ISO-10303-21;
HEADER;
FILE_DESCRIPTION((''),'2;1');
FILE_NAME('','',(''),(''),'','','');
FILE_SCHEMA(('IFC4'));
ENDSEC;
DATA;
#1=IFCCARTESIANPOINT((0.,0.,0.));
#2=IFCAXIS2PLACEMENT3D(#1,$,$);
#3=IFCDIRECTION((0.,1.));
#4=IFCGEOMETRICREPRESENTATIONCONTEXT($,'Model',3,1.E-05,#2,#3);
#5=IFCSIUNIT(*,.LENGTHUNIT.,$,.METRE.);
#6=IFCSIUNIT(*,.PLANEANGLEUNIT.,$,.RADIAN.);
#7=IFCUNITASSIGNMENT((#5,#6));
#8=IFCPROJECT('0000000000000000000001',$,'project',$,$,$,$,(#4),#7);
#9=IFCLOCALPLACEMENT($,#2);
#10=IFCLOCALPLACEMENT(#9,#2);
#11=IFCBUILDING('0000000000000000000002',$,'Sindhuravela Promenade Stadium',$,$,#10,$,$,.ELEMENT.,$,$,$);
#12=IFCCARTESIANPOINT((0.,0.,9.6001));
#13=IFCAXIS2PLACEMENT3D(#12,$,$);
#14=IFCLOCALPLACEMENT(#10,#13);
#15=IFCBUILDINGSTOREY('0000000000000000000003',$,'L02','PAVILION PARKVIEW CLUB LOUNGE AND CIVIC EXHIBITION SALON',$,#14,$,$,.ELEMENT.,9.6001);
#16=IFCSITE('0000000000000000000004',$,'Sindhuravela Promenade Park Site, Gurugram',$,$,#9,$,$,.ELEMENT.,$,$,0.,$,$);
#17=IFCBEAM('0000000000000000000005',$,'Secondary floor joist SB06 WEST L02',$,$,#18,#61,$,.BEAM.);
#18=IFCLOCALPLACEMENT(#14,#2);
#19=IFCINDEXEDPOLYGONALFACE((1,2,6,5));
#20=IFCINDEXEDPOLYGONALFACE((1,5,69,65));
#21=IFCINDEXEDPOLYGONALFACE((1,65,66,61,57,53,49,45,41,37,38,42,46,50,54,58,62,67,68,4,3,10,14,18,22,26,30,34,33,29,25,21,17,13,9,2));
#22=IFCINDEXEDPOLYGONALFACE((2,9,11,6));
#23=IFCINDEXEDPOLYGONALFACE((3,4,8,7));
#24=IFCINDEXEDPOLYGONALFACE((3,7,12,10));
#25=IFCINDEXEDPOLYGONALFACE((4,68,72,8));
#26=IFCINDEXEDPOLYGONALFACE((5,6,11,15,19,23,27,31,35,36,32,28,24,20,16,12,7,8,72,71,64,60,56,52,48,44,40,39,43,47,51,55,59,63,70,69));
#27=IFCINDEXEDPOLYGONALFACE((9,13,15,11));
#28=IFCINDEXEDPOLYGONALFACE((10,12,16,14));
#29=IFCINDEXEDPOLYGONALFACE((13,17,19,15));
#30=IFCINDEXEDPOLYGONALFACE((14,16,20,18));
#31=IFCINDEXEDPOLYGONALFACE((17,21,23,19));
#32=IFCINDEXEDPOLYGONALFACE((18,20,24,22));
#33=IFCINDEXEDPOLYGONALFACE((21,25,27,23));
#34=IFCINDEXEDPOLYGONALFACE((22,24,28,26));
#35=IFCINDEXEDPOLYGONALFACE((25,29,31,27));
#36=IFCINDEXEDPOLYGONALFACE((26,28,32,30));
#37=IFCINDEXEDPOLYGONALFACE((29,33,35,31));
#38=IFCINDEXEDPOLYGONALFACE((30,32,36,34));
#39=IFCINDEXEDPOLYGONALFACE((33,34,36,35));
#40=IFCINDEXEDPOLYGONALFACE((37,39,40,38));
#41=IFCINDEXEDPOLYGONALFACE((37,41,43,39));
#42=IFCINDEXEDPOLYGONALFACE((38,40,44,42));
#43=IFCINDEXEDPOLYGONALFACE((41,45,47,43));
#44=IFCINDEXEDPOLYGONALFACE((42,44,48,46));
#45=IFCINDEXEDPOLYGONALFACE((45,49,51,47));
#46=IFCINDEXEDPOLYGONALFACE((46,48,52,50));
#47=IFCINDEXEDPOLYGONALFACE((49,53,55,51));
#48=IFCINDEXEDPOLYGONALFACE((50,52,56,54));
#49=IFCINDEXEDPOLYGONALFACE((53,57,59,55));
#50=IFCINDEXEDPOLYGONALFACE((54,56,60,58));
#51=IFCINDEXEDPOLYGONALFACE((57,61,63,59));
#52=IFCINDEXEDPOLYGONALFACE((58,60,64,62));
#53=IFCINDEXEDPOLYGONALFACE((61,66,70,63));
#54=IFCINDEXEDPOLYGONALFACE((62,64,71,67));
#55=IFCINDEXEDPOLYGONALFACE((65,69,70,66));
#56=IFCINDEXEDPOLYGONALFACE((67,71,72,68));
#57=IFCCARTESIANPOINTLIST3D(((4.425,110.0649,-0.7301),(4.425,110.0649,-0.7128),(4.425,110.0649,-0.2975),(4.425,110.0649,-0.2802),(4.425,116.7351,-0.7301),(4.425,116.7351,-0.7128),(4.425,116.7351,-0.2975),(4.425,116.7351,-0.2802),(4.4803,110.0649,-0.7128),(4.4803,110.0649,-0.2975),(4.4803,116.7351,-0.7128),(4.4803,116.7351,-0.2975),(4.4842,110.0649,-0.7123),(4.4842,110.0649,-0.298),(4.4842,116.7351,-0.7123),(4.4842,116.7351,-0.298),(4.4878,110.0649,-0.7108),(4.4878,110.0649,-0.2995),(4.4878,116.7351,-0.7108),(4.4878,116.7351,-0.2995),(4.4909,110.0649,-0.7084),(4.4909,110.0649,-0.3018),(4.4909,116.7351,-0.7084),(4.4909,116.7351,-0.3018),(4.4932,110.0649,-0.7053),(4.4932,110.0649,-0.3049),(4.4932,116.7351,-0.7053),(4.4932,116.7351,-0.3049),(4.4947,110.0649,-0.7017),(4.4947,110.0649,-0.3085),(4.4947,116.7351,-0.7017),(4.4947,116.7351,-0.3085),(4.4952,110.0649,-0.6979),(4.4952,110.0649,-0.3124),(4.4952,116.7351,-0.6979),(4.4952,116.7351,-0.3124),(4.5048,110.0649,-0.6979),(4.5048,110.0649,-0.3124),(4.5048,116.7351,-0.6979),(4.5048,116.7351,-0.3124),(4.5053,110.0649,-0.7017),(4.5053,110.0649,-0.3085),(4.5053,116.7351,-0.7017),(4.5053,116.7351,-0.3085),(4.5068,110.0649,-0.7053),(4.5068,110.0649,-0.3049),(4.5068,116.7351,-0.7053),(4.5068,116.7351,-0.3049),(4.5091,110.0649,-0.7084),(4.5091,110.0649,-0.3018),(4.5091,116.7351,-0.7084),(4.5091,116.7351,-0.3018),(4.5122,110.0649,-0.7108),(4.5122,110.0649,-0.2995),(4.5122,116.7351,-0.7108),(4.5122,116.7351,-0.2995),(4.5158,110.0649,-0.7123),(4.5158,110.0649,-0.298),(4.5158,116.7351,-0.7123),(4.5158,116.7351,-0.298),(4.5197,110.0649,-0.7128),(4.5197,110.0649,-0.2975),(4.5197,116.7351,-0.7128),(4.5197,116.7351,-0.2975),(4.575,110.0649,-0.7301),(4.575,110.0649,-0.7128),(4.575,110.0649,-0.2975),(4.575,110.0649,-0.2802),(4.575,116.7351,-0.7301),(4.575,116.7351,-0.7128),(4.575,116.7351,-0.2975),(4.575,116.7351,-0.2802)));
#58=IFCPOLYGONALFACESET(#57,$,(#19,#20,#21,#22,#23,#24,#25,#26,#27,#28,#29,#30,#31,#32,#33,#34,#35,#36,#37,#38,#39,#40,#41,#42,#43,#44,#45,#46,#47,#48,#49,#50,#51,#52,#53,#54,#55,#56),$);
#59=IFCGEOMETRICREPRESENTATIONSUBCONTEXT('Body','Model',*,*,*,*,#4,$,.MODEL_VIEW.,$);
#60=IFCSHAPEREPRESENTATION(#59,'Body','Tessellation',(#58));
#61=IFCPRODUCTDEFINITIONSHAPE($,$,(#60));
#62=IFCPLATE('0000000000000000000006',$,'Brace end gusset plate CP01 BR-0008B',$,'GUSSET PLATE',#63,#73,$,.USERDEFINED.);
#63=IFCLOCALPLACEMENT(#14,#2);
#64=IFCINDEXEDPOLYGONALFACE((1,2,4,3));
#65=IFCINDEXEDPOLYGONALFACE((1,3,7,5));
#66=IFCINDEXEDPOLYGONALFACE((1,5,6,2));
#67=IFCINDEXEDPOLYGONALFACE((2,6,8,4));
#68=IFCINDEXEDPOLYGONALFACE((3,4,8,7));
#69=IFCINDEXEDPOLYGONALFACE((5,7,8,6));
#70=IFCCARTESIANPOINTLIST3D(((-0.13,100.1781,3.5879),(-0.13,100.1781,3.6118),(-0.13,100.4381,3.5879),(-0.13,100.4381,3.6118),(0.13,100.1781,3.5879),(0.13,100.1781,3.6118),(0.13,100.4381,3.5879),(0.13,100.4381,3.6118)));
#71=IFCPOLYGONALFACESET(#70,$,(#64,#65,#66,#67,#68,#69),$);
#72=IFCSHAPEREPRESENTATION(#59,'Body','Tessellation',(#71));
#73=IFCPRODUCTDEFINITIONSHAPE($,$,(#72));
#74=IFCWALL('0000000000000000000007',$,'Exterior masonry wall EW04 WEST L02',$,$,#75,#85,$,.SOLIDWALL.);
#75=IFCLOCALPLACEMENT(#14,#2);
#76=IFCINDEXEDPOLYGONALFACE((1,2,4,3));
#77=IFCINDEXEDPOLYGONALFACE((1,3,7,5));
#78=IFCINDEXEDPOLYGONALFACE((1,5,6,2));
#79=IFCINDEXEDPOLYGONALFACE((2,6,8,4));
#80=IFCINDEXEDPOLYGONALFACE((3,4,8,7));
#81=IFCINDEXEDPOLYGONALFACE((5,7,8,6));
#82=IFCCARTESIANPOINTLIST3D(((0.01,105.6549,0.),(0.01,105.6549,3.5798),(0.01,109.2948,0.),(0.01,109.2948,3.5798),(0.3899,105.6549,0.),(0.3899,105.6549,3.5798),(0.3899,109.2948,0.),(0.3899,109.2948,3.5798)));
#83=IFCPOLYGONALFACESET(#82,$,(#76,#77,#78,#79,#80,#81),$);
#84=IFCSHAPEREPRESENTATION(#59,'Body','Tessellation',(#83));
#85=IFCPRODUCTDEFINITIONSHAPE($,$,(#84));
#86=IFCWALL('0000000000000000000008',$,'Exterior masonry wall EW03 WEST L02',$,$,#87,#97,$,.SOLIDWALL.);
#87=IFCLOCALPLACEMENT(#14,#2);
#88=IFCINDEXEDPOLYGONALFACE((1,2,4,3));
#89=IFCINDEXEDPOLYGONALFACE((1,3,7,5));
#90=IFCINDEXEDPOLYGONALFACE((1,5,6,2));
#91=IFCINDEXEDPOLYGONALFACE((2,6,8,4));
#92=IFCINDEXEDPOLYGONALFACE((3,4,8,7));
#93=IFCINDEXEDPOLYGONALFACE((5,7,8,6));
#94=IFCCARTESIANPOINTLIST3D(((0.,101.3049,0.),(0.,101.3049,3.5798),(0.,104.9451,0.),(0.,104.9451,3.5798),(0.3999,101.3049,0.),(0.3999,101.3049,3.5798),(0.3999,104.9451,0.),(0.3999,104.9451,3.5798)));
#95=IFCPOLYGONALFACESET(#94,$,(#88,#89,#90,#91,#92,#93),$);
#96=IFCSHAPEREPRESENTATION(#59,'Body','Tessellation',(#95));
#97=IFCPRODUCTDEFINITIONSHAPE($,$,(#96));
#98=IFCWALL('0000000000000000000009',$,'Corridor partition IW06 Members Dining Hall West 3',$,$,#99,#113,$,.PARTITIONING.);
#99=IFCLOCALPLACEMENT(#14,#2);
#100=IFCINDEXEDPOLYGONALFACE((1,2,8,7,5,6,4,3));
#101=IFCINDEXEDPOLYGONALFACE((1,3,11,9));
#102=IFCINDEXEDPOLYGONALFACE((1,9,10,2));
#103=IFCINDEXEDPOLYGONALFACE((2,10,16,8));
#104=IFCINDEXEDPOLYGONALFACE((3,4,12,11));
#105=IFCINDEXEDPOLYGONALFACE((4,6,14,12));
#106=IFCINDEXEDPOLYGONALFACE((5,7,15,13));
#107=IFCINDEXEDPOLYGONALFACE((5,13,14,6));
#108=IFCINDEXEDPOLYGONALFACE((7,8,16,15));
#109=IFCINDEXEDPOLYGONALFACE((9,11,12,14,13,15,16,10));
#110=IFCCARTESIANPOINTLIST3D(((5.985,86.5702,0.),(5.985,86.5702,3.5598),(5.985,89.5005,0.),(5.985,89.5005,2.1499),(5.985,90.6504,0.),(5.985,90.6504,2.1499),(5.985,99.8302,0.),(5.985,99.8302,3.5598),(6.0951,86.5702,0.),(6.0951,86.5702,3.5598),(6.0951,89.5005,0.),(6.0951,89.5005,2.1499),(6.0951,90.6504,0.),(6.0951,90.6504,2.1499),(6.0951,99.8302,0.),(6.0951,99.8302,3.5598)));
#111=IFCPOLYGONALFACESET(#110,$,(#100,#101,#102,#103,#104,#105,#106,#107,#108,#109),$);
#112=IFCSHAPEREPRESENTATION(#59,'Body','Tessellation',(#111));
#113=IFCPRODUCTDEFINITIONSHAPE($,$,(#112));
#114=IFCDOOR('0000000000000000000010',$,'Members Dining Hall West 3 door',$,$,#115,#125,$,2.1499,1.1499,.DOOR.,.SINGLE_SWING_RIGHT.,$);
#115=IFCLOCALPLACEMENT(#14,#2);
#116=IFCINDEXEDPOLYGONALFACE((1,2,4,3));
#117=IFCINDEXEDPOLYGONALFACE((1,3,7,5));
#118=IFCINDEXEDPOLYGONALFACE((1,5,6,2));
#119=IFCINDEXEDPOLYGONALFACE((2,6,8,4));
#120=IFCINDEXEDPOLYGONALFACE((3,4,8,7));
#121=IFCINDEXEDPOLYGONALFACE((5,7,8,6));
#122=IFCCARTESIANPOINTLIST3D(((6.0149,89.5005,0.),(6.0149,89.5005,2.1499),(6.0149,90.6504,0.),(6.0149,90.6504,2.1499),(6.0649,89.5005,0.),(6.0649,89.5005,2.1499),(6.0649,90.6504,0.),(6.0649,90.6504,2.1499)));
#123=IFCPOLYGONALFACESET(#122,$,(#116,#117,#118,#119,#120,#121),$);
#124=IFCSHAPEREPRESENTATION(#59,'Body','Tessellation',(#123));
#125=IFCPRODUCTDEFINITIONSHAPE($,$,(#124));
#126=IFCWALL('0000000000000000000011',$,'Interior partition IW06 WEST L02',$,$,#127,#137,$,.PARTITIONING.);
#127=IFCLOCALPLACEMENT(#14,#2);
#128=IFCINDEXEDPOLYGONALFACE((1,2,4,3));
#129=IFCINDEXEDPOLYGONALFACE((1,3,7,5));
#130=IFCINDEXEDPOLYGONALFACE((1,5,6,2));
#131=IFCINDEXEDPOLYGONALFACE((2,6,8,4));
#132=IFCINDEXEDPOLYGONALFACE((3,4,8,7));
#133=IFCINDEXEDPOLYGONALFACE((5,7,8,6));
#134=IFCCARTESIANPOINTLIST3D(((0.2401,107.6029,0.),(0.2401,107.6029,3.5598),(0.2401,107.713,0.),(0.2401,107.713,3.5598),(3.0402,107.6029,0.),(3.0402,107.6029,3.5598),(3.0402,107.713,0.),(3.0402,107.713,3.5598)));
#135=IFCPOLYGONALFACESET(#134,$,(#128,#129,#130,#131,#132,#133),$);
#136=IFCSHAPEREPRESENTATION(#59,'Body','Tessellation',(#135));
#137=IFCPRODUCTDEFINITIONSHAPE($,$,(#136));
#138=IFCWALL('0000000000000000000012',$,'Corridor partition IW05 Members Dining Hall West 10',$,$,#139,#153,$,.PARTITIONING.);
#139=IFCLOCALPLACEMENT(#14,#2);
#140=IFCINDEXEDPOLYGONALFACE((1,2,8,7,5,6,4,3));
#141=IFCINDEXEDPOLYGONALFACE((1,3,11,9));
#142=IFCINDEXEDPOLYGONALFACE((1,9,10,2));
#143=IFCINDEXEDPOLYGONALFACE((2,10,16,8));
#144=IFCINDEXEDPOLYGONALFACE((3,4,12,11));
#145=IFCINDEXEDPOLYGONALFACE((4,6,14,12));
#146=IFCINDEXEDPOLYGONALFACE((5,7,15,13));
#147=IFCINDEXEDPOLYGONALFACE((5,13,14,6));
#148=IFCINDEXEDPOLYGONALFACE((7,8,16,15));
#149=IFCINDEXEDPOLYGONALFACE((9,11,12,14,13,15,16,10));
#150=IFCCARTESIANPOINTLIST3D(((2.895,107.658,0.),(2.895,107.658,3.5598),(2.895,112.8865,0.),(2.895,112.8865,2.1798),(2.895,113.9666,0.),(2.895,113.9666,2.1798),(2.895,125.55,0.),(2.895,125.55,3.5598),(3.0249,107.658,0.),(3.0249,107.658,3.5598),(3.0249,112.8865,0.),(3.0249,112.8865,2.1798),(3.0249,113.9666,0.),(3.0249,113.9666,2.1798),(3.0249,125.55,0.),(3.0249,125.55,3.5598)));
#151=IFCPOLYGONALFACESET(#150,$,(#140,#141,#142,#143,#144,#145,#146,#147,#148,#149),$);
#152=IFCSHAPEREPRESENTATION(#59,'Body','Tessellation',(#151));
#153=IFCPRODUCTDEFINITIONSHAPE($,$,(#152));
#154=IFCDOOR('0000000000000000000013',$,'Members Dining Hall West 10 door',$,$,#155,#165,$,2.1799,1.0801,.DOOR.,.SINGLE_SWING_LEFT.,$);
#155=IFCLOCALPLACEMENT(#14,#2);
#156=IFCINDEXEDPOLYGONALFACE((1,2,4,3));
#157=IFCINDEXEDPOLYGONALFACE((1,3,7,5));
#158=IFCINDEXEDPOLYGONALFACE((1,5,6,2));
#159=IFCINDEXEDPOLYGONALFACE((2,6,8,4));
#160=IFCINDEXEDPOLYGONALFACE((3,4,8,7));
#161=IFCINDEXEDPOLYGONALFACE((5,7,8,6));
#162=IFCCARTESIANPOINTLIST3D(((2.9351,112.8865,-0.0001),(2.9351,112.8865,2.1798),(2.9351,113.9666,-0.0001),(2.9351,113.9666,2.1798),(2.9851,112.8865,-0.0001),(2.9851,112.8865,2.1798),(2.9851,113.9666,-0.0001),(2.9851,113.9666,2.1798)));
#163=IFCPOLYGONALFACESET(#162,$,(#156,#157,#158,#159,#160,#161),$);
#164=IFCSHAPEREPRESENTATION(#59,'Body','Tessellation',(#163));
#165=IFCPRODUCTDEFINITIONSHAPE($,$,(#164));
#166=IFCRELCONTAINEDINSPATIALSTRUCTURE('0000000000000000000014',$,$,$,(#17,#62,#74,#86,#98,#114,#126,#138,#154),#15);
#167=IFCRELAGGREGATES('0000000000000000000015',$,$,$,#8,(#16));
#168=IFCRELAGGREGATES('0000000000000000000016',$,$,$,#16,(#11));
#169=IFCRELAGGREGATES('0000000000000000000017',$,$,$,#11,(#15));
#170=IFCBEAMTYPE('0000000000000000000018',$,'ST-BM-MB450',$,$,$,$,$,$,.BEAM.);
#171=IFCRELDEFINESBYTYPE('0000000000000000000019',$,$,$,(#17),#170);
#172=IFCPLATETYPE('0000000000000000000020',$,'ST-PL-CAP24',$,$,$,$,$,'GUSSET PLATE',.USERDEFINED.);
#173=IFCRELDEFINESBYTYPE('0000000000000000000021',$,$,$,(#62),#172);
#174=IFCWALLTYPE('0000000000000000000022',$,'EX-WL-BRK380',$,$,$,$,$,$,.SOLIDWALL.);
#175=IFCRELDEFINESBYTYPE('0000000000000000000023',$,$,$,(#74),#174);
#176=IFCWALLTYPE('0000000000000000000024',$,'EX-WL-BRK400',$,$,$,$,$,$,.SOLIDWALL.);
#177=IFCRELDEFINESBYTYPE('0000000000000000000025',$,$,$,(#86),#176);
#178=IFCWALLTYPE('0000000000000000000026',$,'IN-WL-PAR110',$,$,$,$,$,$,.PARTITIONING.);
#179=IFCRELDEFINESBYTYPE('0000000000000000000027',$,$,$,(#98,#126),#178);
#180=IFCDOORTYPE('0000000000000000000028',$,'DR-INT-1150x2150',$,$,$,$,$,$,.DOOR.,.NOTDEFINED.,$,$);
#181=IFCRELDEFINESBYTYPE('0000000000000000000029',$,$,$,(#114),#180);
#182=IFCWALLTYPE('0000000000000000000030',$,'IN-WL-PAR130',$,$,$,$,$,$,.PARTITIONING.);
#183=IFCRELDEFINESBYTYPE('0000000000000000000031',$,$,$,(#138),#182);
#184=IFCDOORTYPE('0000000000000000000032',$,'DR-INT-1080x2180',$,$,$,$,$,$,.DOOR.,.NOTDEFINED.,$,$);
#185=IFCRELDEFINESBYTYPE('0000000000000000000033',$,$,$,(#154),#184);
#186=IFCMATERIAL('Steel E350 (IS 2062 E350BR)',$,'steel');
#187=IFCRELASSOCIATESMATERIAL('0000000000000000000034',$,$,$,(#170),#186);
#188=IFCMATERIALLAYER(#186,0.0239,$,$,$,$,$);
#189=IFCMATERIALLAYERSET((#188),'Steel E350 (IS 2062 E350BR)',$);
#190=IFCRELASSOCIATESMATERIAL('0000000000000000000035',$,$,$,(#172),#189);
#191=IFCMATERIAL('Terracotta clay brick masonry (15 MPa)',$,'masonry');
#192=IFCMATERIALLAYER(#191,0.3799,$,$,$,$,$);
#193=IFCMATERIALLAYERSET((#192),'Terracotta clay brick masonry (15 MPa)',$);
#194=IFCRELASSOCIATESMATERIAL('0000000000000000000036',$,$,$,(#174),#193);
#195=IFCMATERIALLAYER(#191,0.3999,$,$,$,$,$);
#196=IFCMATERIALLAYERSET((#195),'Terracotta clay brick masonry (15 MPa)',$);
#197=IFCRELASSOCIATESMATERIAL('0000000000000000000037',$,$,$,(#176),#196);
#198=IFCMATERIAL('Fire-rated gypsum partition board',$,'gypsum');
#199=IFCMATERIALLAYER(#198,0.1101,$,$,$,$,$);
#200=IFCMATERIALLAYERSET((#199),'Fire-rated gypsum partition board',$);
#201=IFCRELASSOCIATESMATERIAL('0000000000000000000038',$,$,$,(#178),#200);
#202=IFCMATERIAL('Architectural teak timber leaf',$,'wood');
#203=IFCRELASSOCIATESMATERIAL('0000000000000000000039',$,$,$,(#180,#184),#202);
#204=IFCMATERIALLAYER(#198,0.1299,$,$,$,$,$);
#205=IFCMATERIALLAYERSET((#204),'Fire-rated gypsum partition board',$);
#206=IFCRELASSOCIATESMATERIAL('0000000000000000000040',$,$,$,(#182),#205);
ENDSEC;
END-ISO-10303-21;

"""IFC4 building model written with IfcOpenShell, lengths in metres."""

from ifc_helpers import new_model, si_unit, direction, frame, frame_2d, origin, origin_2d, place, context, subcontext, project, spatial, rectangle, i_section, extrude, material, layer, layer_set, material_profile, profile_set, type_object, element, fill, save


model = new_model("IFC4")

# Units and contexts
model_context = context("Model", 3, precision=1e-05, world=origin(), true_north=direction((0.0, 1.0)))
body_context = subcontext(model_context, "Body", "Model", "MODEL_VIEW")
ifc_project = project(units=[si_unit("LENGTHUNIT", "METRE"), si_unit("PLANEANGLEUNIT", "RADIAN")], contexts=[model_context])

# Site, building, storey
site_placement = place(None, origin())
site = spatial("IfcSite", under=ifc_project, at=site_placement, Name="Sindhuravela Promenade Park Site, Gurugram", CompositionType="ELEMENT", RefElevation=0.0)
building_placement = place(site_placement, origin())
building = spatial("IfcBuilding", under=site, at=building_placement, Name="Sindhuravela Promenade Stadium", CompositionType="ELEMENT")
storey_placement = place(building_placement, frame((0.0, 0.0, 9.6001)))
storey = spatial("IfcBuildingStorey", under=building, at=storey_placement, Name="L02", Description="PAVILION PARKVIEW CLUB LOUNGE AND CIVIC EXHIBITION SALON", CompositionType="ELEMENT", Elevation=9.6001)

# Beam
ifc_material_1 = material(Name="Steel E350 (IS 2062 E350BR)", Category="steel")
ifc_material_profile_1 = material_profile(ifc_material_1, i_section(OverallWidth=0.1499, OverallDepth=0.45, WebThickness=0.0095, FlangeThickness=0.0173, FilletRadius=0.0149, at=origin_2d()), Name="ISMB 450")
ifc_profile_set_1 = profile_set([ifc_material_profile_1], Name="Steel E350 (IS 2062 E350BR)")
beam_type_1 = type_object("IfcBeamType", Name="ST-BM-MB450", PredefinedType="BEAM", material=ifc_profile_set_1)
beam_1_placement = place(storey_placement, frame((4.5, 110.0649, -0.5051), z_axis=(0.0, 1.0, 0.0), x_axis=(-1.0, 0.0, 0.0)))
element("IfcBeam", 1, at=beam_1_placement, inside=storey, type_object=beam_type_1, Name="Secondary floor joist SB06 WEST L02", PredefinedType="BEAM", context=body_context, shape_type="SweptSolid", body=[
    extrude(i_section(OverallWidth=0.1499, OverallDepth=0.45, WebThickness=0.0095, FlangeThickness=0.0173, FilletRadius=0.0149, at=origin_2d()), origin(), (0.0, 0.0, 1.0), 6.6702),
])

# Plate
ifc_layer_1 = layer(ifc_material_1, 0.0239)
ifc_layer_set_1 = layer_set([ifc_layer_1], Name="Steel E350 (IS 2062 E350BR)")
plate_type = type_object("IfcPlateType", Name="ST-PL-CAP24", ElementType="GUSSET PLATE", PredefinedType="USERDEFINED", material=ifc_layer_set_1)
plate_placement = place(storey_placement, frame((0.0, 100.3081, 3.5879), z_axis=(0.0, 0.0, 1.0), x_axis=(1.0, 0.0, 0.0)))
element("IfcPlate", 2, at=plate_placement, inside=storey, type_object=plate_type, Name="Brace end gusset plate CP01 BR-0008B", ObjectType="GUSSET PLATE", PredefinedType="USERDEFINED", context=body_context, shape_type="SweptSolid", body=[
    extrude(rectangle(XDim=0.26, YDim=0.26, at=origin_2d()), origin(), (0.0, 0.0, 1.0), 0.0239),
])

# Walls
ifc_material_2 = material(Name="Terracotta clay brick masonry (15 MPa)", Category="masonry")
ifc_layer_2 = layer(ifc_material_2, 0.3799)
ifc_layer_set_2 = layer_set([ifc_layer_2], Name="Terracotta clay brick masonry (15 MPa)")
wall_type_1 = type_object("IfcWallType", Name="EX-WL-BRK380", PredefinedType="SOLIDWALL", material=ifc_layer_set_2)
wall_1_placement = place(storey_placement, frame((0.2, 105.655, 0.0), z_axis=(0.0, 0.0, 1.0), x_axis=(0.0, 1.0, 0.0)))
element("IfcWall", 3, at=wall_1_placement, inside=storey, type_object=wall_type_1, Name="Exterior masonry wall EW04 WEST L02", PredefinedType="SOLIDWALL", context=body_context, shape_type="SweptSolid", body=[
    extrude(rectangle(XDim=3.6399, YDim=0.3799, at=frame_2d((1.8198, 0.0))), origin(), (0.0, 0.0, 1.0), 3.5798),
])
ifc_layer_3 = layer(ifc_material_2, 0.3999)
ifc_layer_set_3 = layer_set([ifc_layer_3], Name="Terracotta clay brick masonry (15 MPa)")
wall_type_2 = type_object("IfcWallType", Name="EX-WL-BRK400", PredefinedType="SOLIDWALL", material=ifc_layer_set_3)
wall_2_placement = place(storey_placement, frame((0.2, 101.3049, 0.0), z_axis=(0.0, 0.0, 1.0), x_axis=(0.0, 1.0, 0.0)))
element("IfcWall", 4, at=wall_2_placement, inside=storey, type_object=wall_type_2, Name="Exterior masonry wall EW03 WEST L02", PredefinedType="SOLIDWALL", context=body_context, shape_type="SweptSolid", body=[
    extrude(rectangle(XDim=3.6401, YDim=0.3999, at=frame_2d((1.8201, 0.0))), origin(), (0.0, 0.0, 1.0), 3.5798),
])

# Wall, opening, door
ifc_material_3 = material(Name="Fire-rated gypsum partition board", Category="gypsum")
ifc_layer_4 = layer(ifc_material_3, 0.1101)
ifc_layer_set_4 = layer_set([ifc_layer_4], Name="Fire-rated gypsum partition board")
wall_type_3 = type_object("IfcWallType", Name="IN-WL-PAR110", PredefinedType="PARTITIONING", material=ifc_layer_set_4)
wall_3_placement = place(storey_placement, frame((6.04, 99.8301, 0.0), z_axis=(0.0, 0.0, 1.0), x_axis=(0.0, -1.0, 0.0)))
wall_3 = element("IfcWall", 5, at=wall_3_placement, inside=storey, type_object=wall_type_3, Name="Corridor partition IW06 Members Dining Hall West 3", PredefinedType="PARTITIONING", context=body_context, shape_type="SweptSolid", body=[
    extrude(rectangle(XDim=13.26, YDim=0.1101, at=frame_2d((6.6299, 0.0))), origin(), (0.0, 0.0, 1.0), 3.5598),
])
opening_1_placement = place(wall_3_placement, frame((9.1797, 0.0, 0.0)))
opening_1 = element("IfcOpeningElement", 6, at=opening_1_placement, cuts=wall_3, PredefinedType="OPENING", context=body_context, shape_type="SweptSolid", body=[
    extrude(rectangle(XDim=1.1499, YDim=2.1499, at=frame_2d((0.575, 1.075))), frame((0.0, 0.0649, 0.0), z_axis=(0.0, -1.0, 0.0), x_axis=(1.0, 0.0, 0.0)), (0.0, 0.0, 1.0), 0.1301),
])
ifc_material_4 = material(Name="Architectural teak timber leaf", Category="wood")
door_type_1 = type_object("IfcDoorType", Name="DR-INT-1150x2150", OperationType="NOTDEFINED", PredefinedType="DOOR", material=ifc_material_4)
door_1_placement = place(opening_1_placement, origin())
door_1 = element("IfcDoor", 7, at=door_1_placement, inside=storey, type_object=door_type_1, Name="Members Dining Hall West 3 door", OperationType="SINGLE_SWING_RIGHT", OverallHeight=2.1499, OverallWidth=1.1499, PredefinedType="DOOR", context=body_context, shape_type="SweptSolid", body=[
    extrude(rectangle(XDim=1.1499, YDim=2.1499, at=frame_2d((0.575, 1.075))), frame((0.0, 0.0249, 0.0), z_axis=(0.0, -1.0, 0.0), x_axis=(1.0, 0.0, 0.0)), (0.0, 0.0, 1.0), 0.05),
])
fill(opening_1, door_1)

# Wall
wall_4_placement = place(storey_placement, frame((3.04, 107.658, 0.0), z_axis=(0.0, 0.0, 1.0), x_axis=(-1.0, 0.0, 0.0)))
element("IfcWall", 8, at=wall_4_placement, inside=storey, type_object=wall_type_3, Name="Interior partition IW06 WEST L02", PredefinedType="PARTITIONING", context=body_context, shape_type="SweptSolid", body=[
    extrude(rectangle(XDim=2.8, YDim=0.1101, at=frame_2d((1.3999, 0.0))), origin(), (0.0, 0.0, 1.0), 3.5598),
])

# Wall, opening, door
ifc_layer_5 = layer(ifc_material_3, 0.1299)
ifc_layer_set_5 = layer_set([ifc_layer_5], Name="Fire-rated gypsum partition board")
wall_type_4 = type_object("IfcWallType", Name="IN-WL-PAR130", PredefinedType="PARTITIONING", material=ifc_layer_set_5)
wall_5_placement = place(storey_placement, frame((2.96, 107.658, 0.0), z_axis=(0.0, 0.0, 1.0), x_axis=(0.0, 1.0, 0.0)))
wall_5 = element("IfcWall", 9, at=wall_5_placement, inside=storey, type_object=wall_type_4, Name="Corridor partition IW05 Members Dining Hall West 10", PredefinedType="PARTITIONING", context=body_context, shape_type="SweptSolid", body=[
    extrude(rectangle(XDim=17.8921, YDim=0.1299, at=frame_2d((8.946, 0.0))), origin(), (0.0, 0.0, 1.0), 3.5598),
])
opening_2_placement = place(wall_5_placement, frame((5.2285, 0.0, 0.0)))
opening_2 = element("IfcOpeningElement", 10, at=opening_2_placement, cuts=wall_5, PredefinedType="OPENING", context=body_context, shape_type="SweptSolid", body=[
    extrude(rectangle(XDim=1.0801, YDim=2.1799, at=frame_2d((0.54, 1.0898))), frame((0.0, 0.075, 0.0), z_axis=(0.0, -1.0, 0.0), x_axis=(1.0, 0.0, 0.0)), (0.0, 0.0, 1.0), 0.1499),
])
door_type_2 = type_object("IfcDoorType", Name="DR-INT-1080x2180", OperationType="NOTDEFINED", PredefinedType="DOOR", material=ifc_material_4)
door_2_placement = place(opening_2_placement, origin())
door_2 = element("IfcDoor", 11, at=door_2_placement, inside=storey, type_object=door_type_2, Name="Members Dining Hall West 10 door", OperationType="SINGLE_SWING_LEFT", OverallHeight=2.1799, OverallWidth=1.0801, PredefinedType="DOOR", context=body_context, shape_type="SweptSolid", body=[
    extrude(rectangle(XDim=1.0801, YDim=2.1799, at=frame_2d((0.54, 1.0898))), frame((0.0, 0.0249, 0.0), z_axis=(0.0, -1.0, 0.0), x_axis=(1.0, 0.0, 0.0)), (0.0, 0.0, 1.0), 0.05),
])
fill(opening_2, door_2)

save(model, "model.ifc")
